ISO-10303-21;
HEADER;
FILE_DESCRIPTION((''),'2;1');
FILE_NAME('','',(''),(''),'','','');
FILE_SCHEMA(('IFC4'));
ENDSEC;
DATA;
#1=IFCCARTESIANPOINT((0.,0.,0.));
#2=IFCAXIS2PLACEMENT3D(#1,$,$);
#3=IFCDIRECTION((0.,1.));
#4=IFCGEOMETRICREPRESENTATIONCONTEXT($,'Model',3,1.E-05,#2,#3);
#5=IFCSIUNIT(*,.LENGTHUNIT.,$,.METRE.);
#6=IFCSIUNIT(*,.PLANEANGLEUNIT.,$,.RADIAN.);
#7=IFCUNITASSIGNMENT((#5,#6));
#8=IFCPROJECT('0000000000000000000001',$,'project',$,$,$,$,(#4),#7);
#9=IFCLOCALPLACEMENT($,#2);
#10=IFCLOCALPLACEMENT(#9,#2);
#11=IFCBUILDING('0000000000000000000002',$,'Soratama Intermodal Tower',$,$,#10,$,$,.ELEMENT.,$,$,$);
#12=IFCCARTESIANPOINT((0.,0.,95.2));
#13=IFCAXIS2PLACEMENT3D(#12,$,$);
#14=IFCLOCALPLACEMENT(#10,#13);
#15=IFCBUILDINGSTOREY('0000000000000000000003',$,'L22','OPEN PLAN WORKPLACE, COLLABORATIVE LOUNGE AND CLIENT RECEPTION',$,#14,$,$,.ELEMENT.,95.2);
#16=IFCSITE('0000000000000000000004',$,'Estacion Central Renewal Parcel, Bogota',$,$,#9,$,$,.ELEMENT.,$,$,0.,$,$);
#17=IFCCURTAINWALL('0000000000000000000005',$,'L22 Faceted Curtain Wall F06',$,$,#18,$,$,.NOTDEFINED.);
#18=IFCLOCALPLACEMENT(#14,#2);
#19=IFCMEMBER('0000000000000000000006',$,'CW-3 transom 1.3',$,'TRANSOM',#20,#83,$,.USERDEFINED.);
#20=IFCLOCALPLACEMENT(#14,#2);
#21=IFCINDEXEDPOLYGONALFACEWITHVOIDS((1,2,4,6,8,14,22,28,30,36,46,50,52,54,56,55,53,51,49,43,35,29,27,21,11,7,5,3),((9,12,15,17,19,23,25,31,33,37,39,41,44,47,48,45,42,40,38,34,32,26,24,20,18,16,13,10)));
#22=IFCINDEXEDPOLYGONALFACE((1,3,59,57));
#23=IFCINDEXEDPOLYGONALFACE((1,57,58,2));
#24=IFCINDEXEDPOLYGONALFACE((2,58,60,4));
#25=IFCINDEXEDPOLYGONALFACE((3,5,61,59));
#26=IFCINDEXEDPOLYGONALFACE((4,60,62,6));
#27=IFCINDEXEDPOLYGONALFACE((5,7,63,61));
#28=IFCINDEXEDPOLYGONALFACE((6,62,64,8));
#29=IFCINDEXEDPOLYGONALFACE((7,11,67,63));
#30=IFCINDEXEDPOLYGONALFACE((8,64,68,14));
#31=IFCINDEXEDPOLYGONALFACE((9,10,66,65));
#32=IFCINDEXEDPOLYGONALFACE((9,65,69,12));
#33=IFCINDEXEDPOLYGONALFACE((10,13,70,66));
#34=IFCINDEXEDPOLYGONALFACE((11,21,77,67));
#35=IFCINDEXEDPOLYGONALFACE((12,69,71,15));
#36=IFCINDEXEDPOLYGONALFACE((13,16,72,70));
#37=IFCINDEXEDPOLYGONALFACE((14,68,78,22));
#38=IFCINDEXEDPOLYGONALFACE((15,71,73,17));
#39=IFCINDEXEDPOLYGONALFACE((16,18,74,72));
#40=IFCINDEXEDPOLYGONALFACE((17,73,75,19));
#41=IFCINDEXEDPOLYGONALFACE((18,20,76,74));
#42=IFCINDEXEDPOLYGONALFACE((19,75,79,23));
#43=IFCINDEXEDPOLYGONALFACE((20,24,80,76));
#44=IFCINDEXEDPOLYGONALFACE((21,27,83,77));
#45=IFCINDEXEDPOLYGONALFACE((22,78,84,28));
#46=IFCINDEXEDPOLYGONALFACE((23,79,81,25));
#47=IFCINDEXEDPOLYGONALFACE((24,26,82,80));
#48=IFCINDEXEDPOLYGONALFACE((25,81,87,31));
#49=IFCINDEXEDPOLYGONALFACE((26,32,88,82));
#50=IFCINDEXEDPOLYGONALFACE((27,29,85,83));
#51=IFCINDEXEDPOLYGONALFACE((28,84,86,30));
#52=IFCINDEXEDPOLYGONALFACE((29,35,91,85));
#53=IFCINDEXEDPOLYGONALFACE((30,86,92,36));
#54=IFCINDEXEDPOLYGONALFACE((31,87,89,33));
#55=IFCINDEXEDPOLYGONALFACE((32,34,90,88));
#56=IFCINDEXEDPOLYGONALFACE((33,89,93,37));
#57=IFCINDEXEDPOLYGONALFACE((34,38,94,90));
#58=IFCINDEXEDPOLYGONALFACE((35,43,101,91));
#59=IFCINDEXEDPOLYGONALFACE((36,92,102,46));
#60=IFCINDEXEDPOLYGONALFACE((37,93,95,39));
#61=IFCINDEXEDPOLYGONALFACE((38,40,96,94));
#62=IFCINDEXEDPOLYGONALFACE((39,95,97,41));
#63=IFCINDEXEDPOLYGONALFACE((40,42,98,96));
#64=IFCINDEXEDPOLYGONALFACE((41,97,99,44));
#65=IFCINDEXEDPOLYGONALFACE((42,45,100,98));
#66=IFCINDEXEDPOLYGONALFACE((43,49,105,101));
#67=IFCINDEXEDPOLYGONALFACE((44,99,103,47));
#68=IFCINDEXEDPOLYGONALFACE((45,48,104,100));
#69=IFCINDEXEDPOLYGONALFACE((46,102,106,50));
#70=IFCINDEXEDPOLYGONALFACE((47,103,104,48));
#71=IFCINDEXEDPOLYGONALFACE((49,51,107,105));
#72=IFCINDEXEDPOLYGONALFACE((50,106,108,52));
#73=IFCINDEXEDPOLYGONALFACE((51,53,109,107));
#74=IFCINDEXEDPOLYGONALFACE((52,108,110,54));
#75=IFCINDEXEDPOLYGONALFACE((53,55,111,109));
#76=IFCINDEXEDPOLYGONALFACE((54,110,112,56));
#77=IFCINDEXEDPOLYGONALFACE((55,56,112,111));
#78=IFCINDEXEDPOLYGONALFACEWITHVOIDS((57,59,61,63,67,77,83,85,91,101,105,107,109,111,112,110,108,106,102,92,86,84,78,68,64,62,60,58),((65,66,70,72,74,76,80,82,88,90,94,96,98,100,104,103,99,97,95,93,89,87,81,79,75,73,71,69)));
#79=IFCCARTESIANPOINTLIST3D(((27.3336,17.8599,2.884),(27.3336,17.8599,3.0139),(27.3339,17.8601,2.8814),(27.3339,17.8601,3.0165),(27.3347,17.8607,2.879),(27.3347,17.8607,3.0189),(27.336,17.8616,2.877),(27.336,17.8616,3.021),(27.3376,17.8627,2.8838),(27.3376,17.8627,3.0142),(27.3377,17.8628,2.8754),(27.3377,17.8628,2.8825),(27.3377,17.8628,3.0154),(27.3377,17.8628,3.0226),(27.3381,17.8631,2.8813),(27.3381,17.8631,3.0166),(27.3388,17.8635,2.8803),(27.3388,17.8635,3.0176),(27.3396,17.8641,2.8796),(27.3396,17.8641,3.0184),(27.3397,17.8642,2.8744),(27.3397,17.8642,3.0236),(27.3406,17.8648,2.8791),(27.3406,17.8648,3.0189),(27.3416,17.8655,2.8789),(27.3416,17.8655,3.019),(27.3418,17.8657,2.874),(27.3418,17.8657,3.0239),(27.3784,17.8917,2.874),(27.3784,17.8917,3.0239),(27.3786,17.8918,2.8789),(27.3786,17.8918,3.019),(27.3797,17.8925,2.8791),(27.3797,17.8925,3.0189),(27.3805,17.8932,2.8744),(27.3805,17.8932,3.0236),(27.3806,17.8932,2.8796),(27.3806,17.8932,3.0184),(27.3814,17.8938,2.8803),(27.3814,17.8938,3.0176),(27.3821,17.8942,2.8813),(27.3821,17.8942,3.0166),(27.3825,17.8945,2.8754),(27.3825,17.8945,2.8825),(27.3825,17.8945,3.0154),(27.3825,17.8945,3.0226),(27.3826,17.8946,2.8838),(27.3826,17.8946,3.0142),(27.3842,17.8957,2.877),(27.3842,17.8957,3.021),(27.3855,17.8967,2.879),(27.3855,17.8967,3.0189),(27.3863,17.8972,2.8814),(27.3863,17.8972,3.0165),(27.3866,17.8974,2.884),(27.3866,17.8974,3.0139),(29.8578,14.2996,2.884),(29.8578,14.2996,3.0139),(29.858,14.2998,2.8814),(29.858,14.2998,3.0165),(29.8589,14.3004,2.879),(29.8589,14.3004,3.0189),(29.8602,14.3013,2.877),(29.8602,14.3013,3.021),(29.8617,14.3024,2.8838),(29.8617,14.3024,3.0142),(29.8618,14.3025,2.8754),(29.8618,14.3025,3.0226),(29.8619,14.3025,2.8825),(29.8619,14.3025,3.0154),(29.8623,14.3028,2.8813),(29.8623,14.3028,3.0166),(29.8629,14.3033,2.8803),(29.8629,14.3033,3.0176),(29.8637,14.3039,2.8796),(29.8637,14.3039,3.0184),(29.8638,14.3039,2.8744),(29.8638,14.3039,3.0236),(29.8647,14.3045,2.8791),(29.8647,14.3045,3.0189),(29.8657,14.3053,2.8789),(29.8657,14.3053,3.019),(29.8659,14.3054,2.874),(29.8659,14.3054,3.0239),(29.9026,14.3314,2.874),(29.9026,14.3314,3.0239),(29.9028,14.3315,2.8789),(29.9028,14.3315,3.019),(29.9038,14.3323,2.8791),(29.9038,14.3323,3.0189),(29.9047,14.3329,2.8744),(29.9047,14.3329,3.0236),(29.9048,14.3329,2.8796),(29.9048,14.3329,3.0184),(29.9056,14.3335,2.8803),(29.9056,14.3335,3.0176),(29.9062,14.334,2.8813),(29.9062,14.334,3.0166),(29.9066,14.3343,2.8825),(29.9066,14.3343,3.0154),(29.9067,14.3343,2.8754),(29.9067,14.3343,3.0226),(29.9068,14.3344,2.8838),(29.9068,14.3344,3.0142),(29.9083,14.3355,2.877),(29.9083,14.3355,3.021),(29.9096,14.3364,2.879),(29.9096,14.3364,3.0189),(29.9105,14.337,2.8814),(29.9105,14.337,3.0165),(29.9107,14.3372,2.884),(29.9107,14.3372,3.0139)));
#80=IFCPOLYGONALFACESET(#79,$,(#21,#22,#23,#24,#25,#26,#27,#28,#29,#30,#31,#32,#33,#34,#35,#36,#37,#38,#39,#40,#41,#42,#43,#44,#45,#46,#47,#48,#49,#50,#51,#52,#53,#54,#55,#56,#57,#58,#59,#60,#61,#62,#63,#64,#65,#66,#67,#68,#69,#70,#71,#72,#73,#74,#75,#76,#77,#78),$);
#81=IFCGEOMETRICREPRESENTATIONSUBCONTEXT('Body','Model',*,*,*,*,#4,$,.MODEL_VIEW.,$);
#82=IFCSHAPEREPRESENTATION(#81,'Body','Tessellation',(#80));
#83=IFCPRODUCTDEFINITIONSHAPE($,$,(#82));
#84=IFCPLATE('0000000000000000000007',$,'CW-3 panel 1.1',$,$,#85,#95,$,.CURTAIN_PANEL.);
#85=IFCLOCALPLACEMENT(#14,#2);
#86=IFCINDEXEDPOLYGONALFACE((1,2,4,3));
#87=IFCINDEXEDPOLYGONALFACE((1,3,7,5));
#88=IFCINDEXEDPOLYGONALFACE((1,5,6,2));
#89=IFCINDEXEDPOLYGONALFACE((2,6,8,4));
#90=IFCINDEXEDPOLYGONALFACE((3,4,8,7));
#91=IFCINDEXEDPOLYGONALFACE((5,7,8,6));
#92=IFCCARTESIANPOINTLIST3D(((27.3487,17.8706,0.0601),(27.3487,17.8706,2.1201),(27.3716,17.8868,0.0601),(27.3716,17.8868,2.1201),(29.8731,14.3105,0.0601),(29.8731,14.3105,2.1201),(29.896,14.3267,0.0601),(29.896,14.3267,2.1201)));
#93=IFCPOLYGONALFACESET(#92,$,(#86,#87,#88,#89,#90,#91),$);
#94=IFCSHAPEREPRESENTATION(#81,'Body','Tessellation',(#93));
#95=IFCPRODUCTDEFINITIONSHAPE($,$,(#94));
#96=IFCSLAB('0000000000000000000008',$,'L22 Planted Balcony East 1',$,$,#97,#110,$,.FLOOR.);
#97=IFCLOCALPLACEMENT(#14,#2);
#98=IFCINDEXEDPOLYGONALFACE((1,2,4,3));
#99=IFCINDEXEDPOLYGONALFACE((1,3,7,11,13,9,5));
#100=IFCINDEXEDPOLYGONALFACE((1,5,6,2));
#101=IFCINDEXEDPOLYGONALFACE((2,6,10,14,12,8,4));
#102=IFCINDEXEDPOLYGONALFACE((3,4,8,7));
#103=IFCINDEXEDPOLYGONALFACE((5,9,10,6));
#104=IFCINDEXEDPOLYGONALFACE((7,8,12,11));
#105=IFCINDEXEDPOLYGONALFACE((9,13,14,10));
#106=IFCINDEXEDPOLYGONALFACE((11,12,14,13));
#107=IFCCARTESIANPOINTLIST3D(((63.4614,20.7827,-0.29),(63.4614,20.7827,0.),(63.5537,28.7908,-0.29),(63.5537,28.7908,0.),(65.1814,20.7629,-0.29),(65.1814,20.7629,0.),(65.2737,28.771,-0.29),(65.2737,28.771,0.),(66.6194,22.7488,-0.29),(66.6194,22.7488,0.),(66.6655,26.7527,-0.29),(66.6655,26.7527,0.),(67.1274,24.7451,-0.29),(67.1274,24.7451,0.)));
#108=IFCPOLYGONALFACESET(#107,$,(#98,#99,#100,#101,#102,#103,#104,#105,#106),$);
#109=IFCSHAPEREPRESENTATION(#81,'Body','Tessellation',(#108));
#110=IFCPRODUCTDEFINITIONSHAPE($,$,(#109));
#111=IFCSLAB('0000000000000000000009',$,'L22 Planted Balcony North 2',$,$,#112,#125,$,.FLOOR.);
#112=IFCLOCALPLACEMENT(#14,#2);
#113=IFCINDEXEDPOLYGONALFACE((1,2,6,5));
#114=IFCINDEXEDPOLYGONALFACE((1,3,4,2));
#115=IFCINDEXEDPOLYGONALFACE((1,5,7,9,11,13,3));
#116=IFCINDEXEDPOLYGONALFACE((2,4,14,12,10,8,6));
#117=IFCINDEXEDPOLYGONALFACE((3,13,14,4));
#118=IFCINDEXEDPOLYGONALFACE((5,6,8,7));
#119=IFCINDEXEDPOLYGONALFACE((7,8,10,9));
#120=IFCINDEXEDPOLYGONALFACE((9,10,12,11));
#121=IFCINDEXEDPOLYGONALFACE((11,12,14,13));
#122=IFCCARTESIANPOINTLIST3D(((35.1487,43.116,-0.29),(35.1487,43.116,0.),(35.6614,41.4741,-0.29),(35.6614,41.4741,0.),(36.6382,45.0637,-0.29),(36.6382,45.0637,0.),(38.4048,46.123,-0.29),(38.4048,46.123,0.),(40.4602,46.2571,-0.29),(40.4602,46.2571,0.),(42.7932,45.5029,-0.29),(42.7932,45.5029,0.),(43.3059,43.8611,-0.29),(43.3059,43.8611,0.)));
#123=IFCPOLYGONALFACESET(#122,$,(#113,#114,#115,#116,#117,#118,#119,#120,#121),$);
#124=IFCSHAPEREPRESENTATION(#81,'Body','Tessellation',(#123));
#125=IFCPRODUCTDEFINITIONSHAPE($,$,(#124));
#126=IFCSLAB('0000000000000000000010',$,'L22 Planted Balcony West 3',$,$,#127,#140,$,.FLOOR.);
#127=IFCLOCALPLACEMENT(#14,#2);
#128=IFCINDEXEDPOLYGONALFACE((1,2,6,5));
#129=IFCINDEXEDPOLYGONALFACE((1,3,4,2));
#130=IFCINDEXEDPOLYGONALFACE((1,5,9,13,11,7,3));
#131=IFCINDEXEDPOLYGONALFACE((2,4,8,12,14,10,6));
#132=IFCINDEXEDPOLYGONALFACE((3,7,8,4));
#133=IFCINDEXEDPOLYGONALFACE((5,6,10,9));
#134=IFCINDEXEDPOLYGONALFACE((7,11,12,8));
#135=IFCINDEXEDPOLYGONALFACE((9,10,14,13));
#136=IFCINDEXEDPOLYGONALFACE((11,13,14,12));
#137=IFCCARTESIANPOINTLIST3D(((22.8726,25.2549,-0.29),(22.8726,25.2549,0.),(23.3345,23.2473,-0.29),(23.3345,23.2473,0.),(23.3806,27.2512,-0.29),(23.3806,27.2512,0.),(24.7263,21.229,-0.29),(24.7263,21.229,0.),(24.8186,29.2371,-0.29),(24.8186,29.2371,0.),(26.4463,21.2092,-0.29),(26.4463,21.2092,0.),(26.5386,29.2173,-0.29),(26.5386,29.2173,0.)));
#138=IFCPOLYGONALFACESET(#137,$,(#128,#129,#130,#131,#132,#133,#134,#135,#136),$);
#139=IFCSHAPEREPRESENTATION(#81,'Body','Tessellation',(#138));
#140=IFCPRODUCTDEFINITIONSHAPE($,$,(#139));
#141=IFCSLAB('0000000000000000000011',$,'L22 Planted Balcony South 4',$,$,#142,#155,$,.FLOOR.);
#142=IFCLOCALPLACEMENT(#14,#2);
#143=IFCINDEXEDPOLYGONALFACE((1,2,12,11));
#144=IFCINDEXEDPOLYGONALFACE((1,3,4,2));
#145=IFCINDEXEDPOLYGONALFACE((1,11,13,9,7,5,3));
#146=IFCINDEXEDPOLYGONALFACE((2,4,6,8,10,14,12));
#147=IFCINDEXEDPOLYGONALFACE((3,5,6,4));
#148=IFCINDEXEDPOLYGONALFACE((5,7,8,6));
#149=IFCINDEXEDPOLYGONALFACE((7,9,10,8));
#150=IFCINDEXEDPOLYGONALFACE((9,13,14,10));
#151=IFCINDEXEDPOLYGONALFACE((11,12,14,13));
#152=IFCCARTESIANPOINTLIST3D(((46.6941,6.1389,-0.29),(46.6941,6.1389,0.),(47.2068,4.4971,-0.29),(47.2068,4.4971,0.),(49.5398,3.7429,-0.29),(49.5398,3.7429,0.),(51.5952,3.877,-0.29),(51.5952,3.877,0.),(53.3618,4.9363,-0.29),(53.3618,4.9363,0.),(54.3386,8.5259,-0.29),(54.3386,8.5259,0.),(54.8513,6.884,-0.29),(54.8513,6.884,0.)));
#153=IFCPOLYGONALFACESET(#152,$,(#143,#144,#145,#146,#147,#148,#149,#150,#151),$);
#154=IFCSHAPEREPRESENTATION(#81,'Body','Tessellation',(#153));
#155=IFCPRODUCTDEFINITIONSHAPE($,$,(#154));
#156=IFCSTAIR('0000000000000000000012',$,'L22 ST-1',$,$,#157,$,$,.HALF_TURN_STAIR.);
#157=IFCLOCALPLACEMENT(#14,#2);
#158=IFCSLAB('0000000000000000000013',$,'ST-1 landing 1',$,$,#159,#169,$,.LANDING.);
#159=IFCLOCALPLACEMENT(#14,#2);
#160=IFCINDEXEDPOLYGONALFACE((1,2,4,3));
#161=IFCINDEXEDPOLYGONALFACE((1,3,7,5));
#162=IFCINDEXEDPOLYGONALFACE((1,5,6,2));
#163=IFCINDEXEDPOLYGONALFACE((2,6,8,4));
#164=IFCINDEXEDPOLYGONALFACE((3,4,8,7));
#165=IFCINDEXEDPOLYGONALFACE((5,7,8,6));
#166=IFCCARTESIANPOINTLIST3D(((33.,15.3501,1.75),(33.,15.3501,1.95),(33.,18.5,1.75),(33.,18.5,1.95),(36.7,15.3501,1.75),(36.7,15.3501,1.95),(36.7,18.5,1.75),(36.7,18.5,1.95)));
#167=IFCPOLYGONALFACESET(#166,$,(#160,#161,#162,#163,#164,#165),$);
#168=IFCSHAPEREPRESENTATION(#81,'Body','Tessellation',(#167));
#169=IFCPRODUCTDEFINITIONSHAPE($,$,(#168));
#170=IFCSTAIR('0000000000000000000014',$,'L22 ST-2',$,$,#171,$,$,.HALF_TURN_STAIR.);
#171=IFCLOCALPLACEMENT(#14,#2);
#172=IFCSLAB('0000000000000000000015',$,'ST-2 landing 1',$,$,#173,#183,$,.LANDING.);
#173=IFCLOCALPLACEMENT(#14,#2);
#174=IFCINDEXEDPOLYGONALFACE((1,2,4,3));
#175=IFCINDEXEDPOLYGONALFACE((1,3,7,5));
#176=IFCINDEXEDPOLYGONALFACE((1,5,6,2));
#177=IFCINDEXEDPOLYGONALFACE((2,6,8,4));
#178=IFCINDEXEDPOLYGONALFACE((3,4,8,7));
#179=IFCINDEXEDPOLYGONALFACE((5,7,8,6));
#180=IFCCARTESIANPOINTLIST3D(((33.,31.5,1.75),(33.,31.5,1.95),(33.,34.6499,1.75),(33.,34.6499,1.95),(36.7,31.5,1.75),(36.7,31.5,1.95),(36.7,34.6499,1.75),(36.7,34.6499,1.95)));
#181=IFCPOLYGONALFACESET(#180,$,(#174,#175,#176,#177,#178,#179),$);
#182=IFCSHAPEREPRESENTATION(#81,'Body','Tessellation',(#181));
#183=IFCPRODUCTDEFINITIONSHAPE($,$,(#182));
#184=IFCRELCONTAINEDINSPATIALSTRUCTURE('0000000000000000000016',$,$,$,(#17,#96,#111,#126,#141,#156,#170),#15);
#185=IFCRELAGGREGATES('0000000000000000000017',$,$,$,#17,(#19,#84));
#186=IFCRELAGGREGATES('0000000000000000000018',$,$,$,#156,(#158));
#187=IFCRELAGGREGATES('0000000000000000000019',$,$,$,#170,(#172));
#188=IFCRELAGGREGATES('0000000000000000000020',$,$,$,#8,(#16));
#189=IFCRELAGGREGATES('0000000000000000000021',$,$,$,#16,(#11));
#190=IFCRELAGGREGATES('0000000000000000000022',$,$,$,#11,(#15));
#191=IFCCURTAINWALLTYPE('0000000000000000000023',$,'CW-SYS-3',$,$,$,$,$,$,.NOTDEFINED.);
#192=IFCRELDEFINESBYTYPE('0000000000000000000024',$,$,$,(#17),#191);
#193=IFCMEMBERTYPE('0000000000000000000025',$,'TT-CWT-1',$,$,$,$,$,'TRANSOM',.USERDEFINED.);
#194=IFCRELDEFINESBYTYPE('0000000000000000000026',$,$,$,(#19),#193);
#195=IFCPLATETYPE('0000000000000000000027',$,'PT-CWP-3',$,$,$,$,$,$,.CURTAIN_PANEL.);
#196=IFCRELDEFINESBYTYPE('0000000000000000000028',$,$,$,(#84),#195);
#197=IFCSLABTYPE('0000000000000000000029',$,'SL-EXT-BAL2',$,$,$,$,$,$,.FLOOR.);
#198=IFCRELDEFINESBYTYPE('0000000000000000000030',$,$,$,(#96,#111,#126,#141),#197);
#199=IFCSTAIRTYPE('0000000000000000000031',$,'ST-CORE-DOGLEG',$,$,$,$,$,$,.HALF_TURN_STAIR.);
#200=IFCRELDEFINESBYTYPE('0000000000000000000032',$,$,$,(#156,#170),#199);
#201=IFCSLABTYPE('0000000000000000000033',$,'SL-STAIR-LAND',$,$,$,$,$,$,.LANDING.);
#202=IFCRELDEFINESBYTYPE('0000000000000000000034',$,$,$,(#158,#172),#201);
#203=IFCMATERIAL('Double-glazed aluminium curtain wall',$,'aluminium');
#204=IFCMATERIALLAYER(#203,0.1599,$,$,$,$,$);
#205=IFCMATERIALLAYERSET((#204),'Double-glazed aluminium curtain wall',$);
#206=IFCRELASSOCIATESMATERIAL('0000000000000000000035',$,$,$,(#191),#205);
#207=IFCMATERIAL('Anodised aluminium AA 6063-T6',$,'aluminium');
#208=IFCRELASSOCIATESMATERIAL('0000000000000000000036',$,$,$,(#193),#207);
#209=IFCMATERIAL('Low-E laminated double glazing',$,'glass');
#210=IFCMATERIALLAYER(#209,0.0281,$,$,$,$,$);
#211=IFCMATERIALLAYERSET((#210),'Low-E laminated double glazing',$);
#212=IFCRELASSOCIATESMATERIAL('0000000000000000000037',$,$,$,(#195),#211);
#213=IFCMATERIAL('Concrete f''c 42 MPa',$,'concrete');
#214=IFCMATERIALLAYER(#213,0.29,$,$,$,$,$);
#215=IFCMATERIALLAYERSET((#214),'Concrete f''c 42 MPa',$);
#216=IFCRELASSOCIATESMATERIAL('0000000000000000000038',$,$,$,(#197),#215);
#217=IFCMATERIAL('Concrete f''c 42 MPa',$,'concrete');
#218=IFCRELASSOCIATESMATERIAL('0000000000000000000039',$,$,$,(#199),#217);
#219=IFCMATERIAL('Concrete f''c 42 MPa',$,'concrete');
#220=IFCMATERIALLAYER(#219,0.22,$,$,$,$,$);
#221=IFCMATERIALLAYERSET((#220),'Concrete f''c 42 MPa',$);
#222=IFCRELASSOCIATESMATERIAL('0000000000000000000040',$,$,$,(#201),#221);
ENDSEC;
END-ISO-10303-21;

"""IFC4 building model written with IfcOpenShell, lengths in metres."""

from ifc_helpers import new_model, si_unit, direction, frame, origin, origin_2d, place, context, subcontext, project, spatial, polyline, rectangle, hollow_rectangle, outline, extrude, material, layer, layer_set, material_profile, profile_set, type_object, element, aggregate, save


model = new_model("IFC4")

# Units and contexts
model_context = context("Model", 3, precision=1e-05, world=origin(), true_north=direction((0.0, 1.0)))
body_context = subcontext(model_context, "Body", "Model", "MODEL_VIEW")
ifc_project = project(units=[si_unit("LENGTHUNIT", "METRE"), si_unit("PLANEANGLEUNIT", "RADIAN")], contexts=[model_context])

# Site, building, storey
site_placement = place(None, origin())
site = spatial("IfcSite", under=ifc_project, at=site_placement, Name="Estacion Central Renewal Parcel, Bogota", CompositionType="ELEMENT", RefElevation=0.0)
building_placement = place(site_placement, origin())
building = spatial("IfcBuilding", under=site, at=building_placement, Name="Soratama Intermodal Tower", CompositionType="ELEMENT")
storey_placement = place(building_placement, frame((0.0, 0.0, 95.2)))
storey = spatial("IfcBuildingStorey", under=building, at=storey_placement, Name="L22", Description="OPEN PLAN WORKPLACE, COLLABORATIVE LOUNGE AND CLIENT RECEPTION", CompositionType="ELEMENT", Elevation=95.2)

# Curtain wall, member, plate
ifc_material_1 = material(Name="Double-glazed aluminium curtain wall", Category="aluminium")
ifc_layer_1 = layer(ifc_material_1, 0.1599)
ifc_layer_set_1 = layer_set([ifc_layer_1], Name="Double-glazed aluminium curtain wall")
curtain_wall_type = type_object("IfcCurtainWallType", Name="CW-SYS-3", PredefinedType="NOTDEFINED", material=ifc_layer_set_1)
curtain_wall_placement = place(storey_placement, origin())
curtain_wall = element("IfcCurtainWall", 1, at=curtain_wall_placement, inside=storey, type_object=curtain_wall_type, Name="L22 Faceted Curtain Wall F06", PredefinedType="NOTDEFINED")
ifc_material_2 = material(Name="Anodised aluminium AA 6063-T6", Category="aluminium")
ifc_material_profile_1 = material_profile(ifc_material_2, hollow_rectangle(XDim=0.0649, YDim=0.1499, WallThickness=0.0049, InnerFilletRadius=0.0049, OuterFilletRadius=0.01, at=origin_2d()), Name="CWT150X65X5")
ifc_profile_set_1 = profile_set([ifc_material_profile_1], Name="Anodised aluminium AA 6063-T6")
member_type_1 = type_object("IfcMemberType", Name="TT-CWT-1", ElementType="TRANSOM", PredefinedType="USERDEFINED", material=ifc_profile_set_1)
member_1_placement = place(storey_placement, frame((27.3601, 17.8787, 2.949), z_axis=(0.578367, -0.815777, 0.0), x_axis=(0.815777, 0.578367, 0.0)))
member_1 = element("IfcMember", 2, at=member_1_placement, type_object=member_type_1, Name="CW-3 transom 1.3", ObjectType="TRANSOM", PredefinedType="USERDEFINED", context=body_context, shape_type="SweptSolid", body=[
    extrude(hollow_rectangle(XDim=0.0649, YDim=0.1499, WallThickness=0.0049, InnerFilletRadius=0.0049, OuterFilletRadius=0.01, at=origin_2d()), origin(), (0.0, 0.0, 1.0), 4.3643),
])
ifc_material_3 = material(Name="Low-E laminated double glazing", Category="glass")
ifc_layer_2 = layer(ifc_material_3, 0.0281)
ifc_layer_set_2 = layer_set([ifc_layer_2], Name="Low-E laminated double glazing")
plate_type = type_object("IfcPlateType", Name="PT-CWP-3", PredefinedType="CURTAIN_PANEL", material=ifc_layer_set_2)
plate_placement = place(storey_placement, frame((28.6223, 16.0986, 0.0601), z_axis=(0.0, 0.0, 1.0), x_axis=(0.578424, -0.815736, 0.0)))
plate = element("IfcPlate", 3, at=plate_placement, type_object=plate_type, Name="CW-3 panel 1.1", PredefinedType="CURTAIN_PANEL", context=body_context, shape_type="SweptSolid", body=[
    extrude(rectangle(XDim=4.3643, YDim=0.0281, at=origin_2d()), origin(), (0.0, 0.0, 1.0), 2.0601),
])
aggregate(curtain_wall, [member_1, plate])

# Slabs
ifc_material_4 = material(Name="Concrete f'c 42 MPa", Category="concrete")
ifc_layer_3 = layer(ifc_material_4, 0.29)
ifc_layer_set_3 = layer_set([ifc_layer_3], Name="Concrete f'c 42 MPa")
slab_type_1 = type_object("IfcSlabType", Name="SL-EXT-BAL2", PredefinedType="FLOOR", material=ifc_layer_set_3)
slab_1_placement = place(storey_placement, frame((0.0, 0.0, -0.29)))
element("IfcSlab", 4, at=slab_1_placement, inside=storey, type_object=slab_type_1, Name="L22 Planted Balcony East 1", PredefinedType="FLOOR", context=body_context, shape_type="SweptSolid", body=[
    extrude(outline(polyline([(63.4614, 20.7827), (63.5537, 28.7908), (65.2737, 28.771), (66.6655, 26.7527), (67.1274, 24.7451), (66.6194, 22.7488), (65.1814, 20.7629), (63.4614, 20.7827)])), origin(), (0.0, 0.0, 1.0), 0.29),
])
slab_2_placement = place(storey_placement, frame((0.0, 0.0, -0.29)))
element("IfcSlab", 5, at=slab_2_placement, inside=storey, type_object=slab_type_1, Name="L22 Planted Balcony North 2", PredefinedType="FLOOR", context=body_context, shape_type="SweptSolid", body=[
    extrude(outline(polyline([(43.3059, 43.8611), (35.6614, 41.4741), (35.1487, 43.116), (36.6382, 45.0637), (38.4048, 46.123), (40.4602, 46.2571), (42.7932, 45.5029), (43.3059, 43.8611)])), origin(), (0.0, 0.0, 1.0), 0.29),
])
slab_3_placement = place(storey_placement, frame((0.0, 0.0, -0.29)))
element("IfcSlab", 6, at=slab_3_placement, inside=storey, type_object=slab_type_1, Name="L22 Planted Balcony West 3", PredefinedType="FLOOR", context=body_context, shape_type="SweptSolid", body=[
    extrude(outline(polyline([(26.5386, 29.2173), (26.4463, 21.2092), (24.7263, 21.229), (23.3345, 23.2473), (22.8726, 25.2549), (23.3806, 27.2512), (24.8186, 29.2371), (26.5386, 29.2173)])), origin(), (0.0, 0.0, 1.0), 0.29),
])
slab_4_placement = place(storey_placement, frame((0.0, 0.0, -0.29)))
element("IfcSlab", 7, at=slab_4_placement, inside=storey, type_object=slab_type_1, Name="L22 Planted Balcony South 4", PredefinedType="FLOOR", context=body_context, shape_type="SweptSolid", body=[
    extrude(outline(polyline([(46.6941, 6.1389), (54.3386, 8.5259), (54.8513, 6.884), (53.3618, 4.9363), (51.5952, 3.877), (49.5398, 3.7429), (47.2068, 4.4971), (46.6941, 6.1389)])), origin(), (0.0, 0.0, 1.0), 0.29),
])

# Stairs, slabs
ifc_material_5 = material(Name="Concrete f'c 42 MPa", Category="concrete")
stair_type = type_object("IfcStairType", Name="ST-CORE-DOGLEG", PredefinedType="HALF_TURN_STAIR", material=ifc_material_5)
stair_1_placement = place(storey_placement, origin())
stair_1 = element("IfcStair", 8, at=stair_1_placement, inside=storey, type_object=stair_type, Name="L22 ST-1", PredefinedType="HALF_TURN_STAIR")
ifc_material_6 = material(Name="Concrete f'c 42 MPa", Category="concrete")
ifc_layer_4 = layer(ifc_material_6, 0.22)
ifc_layer_set_4 = layer_set([ifc_layer_4], Name="Concrete f'c 42 MPa")
slab_type_2 = type_object("IfcSlabType", Name="SL-STAIR-LAND", PredefinedType="LANDING", material=ifc_layer_set_4)
slab_5_placement = place(storey_placement, frame((0.0, 0.0, 1.75)))
slab_5 = element("IfcSlab", 9, at=slab_5_placement, type_object=slab_type_2, Name="ST-1 landing 1", PredefinedType="LANDING", context=body_context, shape_type="SweptSolid", body=[
    extrude(outline(polyline([(36.7, 18.5), (33.0, 18.5), (33.0, 15.3501), (36.7, 15.3501), (36.7, 18.5)])), origin(), (0.0, 0.0, 1.0), 0.2),
])
aggregate(stair_1, [slab_5])
stair_2_placement = place(storey_placement, origin())
stair_2 = element("IfcStair", 10, at=stair_2_placement, inside=storey, type_object=stair_type, Name="L22 ST-2", PredefinedType="HALF_TURN_STAIR")
slab_6_placement = place(storey_placement, frame((0.0, 0.0, 1.75)))
slab_6 = element("IfcSlab", 11, at=slab_6_placement, type_object=slab_type_2, Name="ST-2 landing 1", PredefinedType="LANDING", context=body_context, shape_type="SweptSolid", body=[
    extrude(outline(polyline([(36.7, 34.6499), (33.0, 34.6499), (33.0, 31.5), (36.7, 31.5), (36.7, 34.6499)])), origin(), (0.0, 0.0, 1.0), 0.2),
])
aggregate(stair_2, [slab_6])

save(model, "model.ifc")
